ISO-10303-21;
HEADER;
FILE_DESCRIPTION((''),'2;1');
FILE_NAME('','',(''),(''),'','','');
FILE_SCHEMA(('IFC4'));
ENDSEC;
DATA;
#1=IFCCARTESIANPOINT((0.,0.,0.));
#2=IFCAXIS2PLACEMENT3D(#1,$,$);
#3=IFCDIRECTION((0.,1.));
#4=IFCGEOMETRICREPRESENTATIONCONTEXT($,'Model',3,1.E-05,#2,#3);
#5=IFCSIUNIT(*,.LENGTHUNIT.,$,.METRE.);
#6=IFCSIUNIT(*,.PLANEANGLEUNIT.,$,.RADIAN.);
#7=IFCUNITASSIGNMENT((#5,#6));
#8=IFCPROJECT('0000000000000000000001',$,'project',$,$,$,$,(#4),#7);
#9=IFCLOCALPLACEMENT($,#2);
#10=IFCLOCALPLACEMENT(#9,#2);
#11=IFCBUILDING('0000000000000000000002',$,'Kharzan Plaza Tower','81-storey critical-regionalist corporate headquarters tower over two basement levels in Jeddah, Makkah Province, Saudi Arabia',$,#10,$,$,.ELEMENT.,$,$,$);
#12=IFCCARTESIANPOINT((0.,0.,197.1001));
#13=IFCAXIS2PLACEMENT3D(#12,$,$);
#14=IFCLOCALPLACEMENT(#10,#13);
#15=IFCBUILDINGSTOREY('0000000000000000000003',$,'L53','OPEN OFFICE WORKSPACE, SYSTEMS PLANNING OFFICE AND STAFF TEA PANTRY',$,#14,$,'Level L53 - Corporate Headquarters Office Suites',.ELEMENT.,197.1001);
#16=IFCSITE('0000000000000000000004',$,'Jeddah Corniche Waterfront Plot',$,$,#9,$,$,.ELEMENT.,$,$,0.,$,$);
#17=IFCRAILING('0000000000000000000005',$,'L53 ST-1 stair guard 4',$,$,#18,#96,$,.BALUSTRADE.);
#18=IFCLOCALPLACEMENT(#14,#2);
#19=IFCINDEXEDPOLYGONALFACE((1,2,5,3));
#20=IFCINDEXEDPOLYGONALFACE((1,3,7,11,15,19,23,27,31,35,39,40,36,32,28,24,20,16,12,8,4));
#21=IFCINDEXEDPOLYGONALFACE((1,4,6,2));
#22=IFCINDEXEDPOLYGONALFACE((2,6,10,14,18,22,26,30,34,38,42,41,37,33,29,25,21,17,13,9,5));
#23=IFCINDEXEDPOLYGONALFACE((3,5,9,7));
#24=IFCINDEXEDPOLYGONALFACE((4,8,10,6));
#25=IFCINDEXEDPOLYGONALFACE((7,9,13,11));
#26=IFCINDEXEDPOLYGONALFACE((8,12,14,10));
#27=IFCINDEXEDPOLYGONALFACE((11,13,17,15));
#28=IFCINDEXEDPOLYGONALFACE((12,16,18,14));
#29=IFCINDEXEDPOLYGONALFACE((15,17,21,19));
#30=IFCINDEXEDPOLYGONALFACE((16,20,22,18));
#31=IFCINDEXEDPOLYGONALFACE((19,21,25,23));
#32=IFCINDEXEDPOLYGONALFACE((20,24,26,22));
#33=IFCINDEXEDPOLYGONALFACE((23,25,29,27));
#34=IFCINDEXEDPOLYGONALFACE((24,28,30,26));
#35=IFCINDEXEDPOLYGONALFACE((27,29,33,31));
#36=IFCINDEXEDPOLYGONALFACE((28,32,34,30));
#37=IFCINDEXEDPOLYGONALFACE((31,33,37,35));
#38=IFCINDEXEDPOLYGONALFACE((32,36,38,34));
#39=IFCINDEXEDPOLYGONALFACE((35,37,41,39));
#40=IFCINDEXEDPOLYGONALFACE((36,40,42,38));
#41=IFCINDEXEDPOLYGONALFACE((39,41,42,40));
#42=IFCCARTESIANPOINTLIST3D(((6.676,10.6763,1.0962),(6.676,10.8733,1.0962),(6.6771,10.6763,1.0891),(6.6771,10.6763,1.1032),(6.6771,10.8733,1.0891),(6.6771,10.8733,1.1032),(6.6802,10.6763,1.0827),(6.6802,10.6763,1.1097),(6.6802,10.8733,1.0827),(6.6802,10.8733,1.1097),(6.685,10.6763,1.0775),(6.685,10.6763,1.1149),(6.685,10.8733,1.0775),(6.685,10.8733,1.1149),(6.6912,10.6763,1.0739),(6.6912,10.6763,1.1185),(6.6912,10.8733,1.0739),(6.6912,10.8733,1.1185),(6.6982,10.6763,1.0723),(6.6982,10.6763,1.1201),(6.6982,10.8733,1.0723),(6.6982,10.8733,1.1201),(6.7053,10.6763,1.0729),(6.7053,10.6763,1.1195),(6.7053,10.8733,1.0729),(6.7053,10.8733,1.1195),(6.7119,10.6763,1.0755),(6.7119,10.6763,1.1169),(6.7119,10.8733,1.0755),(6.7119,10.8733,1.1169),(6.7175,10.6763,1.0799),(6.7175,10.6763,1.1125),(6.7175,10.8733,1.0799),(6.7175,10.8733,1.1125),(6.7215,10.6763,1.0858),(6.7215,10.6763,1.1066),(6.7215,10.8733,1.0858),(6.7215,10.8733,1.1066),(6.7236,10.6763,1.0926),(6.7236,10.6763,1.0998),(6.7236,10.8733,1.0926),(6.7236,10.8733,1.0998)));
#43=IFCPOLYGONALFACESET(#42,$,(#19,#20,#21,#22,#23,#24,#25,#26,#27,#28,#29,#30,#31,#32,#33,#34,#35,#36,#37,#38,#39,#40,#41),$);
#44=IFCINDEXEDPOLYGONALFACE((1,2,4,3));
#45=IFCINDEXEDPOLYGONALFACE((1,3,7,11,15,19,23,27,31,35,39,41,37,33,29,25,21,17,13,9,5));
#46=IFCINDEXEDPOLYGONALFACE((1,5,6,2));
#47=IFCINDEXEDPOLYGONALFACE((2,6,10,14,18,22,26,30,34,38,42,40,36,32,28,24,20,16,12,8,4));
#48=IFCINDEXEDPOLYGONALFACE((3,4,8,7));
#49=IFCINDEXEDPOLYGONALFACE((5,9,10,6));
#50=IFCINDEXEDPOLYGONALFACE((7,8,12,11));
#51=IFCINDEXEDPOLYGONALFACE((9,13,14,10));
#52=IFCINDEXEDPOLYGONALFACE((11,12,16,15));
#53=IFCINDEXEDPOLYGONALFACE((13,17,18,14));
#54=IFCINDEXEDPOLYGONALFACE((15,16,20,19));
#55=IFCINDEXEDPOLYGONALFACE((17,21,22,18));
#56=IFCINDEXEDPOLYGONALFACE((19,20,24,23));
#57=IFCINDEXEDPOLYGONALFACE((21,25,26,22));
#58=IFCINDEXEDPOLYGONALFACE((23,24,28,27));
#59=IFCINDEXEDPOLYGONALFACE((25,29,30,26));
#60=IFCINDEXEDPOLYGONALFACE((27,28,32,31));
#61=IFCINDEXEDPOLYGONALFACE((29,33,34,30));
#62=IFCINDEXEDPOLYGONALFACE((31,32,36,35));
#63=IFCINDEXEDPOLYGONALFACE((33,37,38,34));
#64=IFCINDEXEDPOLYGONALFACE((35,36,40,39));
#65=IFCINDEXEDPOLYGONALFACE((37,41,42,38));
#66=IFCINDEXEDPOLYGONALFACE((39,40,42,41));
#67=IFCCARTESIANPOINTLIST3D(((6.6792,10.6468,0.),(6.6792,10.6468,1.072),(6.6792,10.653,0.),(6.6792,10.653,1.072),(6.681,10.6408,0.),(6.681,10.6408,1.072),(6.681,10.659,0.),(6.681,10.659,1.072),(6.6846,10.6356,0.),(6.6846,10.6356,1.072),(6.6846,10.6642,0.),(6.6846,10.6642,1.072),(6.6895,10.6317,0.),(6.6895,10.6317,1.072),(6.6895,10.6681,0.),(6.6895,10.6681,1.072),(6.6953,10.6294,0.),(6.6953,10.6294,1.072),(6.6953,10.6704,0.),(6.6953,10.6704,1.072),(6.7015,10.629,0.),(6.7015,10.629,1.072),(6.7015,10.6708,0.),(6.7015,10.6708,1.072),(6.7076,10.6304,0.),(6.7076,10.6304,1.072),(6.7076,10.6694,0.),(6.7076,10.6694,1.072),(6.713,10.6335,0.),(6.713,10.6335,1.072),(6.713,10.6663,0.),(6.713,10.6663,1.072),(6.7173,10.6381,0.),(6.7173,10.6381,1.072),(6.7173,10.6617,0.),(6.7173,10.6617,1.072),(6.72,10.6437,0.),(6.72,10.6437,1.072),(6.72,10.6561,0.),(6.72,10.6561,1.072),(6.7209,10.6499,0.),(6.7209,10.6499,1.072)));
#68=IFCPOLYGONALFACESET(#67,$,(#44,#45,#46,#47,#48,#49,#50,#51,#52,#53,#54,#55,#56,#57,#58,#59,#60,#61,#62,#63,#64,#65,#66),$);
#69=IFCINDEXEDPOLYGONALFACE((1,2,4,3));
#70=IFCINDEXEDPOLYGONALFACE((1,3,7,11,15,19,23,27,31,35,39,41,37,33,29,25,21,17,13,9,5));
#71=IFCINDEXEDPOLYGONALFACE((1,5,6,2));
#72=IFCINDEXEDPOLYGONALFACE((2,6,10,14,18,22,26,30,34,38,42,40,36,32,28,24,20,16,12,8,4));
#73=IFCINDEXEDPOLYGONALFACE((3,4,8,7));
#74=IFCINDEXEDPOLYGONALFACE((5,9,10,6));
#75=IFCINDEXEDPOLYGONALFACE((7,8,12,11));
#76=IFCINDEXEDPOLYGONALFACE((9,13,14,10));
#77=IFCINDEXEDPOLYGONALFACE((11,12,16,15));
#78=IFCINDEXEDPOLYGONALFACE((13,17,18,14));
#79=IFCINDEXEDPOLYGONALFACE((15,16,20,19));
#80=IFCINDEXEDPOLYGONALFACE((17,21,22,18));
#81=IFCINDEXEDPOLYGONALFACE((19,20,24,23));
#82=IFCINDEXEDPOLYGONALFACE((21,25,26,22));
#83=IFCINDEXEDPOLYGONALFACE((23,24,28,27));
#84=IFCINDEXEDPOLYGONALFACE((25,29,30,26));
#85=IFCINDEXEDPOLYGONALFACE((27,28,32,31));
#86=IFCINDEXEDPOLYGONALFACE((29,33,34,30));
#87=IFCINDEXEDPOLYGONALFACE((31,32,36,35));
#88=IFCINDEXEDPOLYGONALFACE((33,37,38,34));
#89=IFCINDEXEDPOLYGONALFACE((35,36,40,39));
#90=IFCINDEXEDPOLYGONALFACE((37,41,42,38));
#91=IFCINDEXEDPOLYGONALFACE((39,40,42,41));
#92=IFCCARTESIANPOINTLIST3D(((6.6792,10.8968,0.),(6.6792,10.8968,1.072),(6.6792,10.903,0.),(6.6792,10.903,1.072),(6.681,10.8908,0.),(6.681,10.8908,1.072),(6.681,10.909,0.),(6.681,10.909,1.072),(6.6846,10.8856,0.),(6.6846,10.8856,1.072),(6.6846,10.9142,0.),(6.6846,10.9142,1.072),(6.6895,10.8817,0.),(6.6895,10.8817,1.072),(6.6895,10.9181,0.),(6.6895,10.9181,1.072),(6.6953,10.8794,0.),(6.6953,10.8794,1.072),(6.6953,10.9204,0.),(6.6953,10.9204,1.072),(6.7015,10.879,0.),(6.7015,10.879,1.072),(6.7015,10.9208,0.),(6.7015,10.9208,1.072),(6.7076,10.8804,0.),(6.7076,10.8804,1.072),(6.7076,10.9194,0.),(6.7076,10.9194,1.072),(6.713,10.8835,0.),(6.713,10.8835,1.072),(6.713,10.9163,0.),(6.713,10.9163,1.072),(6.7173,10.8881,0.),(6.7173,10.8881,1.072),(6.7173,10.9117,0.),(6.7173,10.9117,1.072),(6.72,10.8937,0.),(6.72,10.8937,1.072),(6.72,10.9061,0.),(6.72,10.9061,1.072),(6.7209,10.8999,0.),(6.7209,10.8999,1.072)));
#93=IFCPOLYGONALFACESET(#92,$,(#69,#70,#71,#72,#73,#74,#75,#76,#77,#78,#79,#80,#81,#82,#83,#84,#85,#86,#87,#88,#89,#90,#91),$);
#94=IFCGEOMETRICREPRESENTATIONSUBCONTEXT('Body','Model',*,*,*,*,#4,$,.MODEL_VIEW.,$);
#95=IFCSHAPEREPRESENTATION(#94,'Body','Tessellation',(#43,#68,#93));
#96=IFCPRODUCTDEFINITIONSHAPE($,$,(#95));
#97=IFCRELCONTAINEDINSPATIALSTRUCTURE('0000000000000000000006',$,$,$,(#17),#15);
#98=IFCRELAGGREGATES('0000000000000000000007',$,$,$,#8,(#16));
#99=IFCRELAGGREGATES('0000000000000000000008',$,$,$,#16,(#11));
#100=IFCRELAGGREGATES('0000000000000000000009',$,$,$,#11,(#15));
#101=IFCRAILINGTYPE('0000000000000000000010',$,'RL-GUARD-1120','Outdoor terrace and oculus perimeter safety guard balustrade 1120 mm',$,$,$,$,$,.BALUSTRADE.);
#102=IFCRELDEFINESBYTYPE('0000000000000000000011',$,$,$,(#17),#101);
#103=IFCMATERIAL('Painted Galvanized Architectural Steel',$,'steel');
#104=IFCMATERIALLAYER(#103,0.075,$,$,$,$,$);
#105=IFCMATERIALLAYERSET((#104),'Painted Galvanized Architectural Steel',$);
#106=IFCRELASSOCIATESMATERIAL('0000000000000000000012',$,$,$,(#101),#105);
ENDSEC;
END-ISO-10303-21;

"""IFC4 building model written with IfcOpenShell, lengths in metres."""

from ifc_helpers import new_model, si_unit, direction, frame, origin, origin_2d, place, context, subcontext, project, spatial, circle, extrude, source, transform, mapped, material, layer, layer_set, type_object, element, save


model = new_model("IFC4")

# Units and contexts
model_context = context("Model", 3, precision=1e-05, world=origin(), true_north=direction((0.0, 1.0)))
body_context = subcontext(model_context, "Body", "Model", "MODEL_VIEW")
ifc_project = project(units=[si_unit("LENGTHUNIT", "METRE"), si_unit("PLANEANGLEUNIT", "RADIAN")], contexts=[model_context])

# Site, building, storey
site_placement = place(None, origin())
site = spatial("IfcSite", under=ifc_project, at=site_placement, Name="Jeddah Corniche Waterfront Plot", CompositionType="ELEMENT", RefElevation=0.0)
building_placement = place(site_placement, origin())
building = spatial("IfcBuilding", under=site, at=building_placement, Name="Kharzan Plaza Tower", Description="81-storey critical-regionalist corporate headquarters tower over two basement levels in Jeddah, Makkah Province, Saudi Arabia", CompositionType="ELEMENT")
storey_placement = place(building_placement, frame((0.0, 0.0, 197.1001)))
storey = spatial("IfcBuildingStorey", under=building, at=storey_placement, Name="L53", Description="OPEN OFFICE WORKSPACE, SYSTEMS PLANNING OFFICE AND STAFF TEA PANTRY", LongName="Level L53 - Corporate Headquarters Office Suites", CompositionType="ELEMENT", Elevation=197.1001)

# Railing
ifc_material_1 = material(Name="Painted Galvanized Architectural Steel", Category="steel")
ifc_layer_1 = layer(ifc_material_1, 0.075)
ifc_layer_set_1 = layer_set([ifc_layer_1], Name="Painted Galvanized Architectural Steel")
railing_type_1 = type_object("IfcRailingType", Name="RL-GUARD-1120", Description="Outdoor terrace and oculus perimeter safety guard balustrade 1120 mm", PredefinedType="BALUSTRADE", material=ifc_layer_set_1)
shared_shape_1 = source(origin(), body_context, "Body", "SweptSolid", [
    extrude(circle(Radius=0.0239, at=origin_2d()), frame((0.0, 0.0264, 1.0962), z_axis=(0.0, 1.0, 0.0), x_axis=(-1.0, 0.0, 0.0)), (0.0, 0.0, 1.0), 0.197),
    extrude(circle(Radius=0.021, at=origin_2d()), origin(), (0.0, 0.0, 1.0), 1.072),
    extrude(circle(Radius=0.021, at=origin_2d()), frame((0.0, 0.25, 0.0)), (0.0, 0.0, 1.0), 1.072),
])
for number, where, name in (
    (1, (6.7, 10.6499, 0.0), "L53 ST-1 stair guard 4"),
):
    element("IfcRailing", number, at=place(storey_placement, frame(where)), inside=storey, type_object=railing_type_1, Name=name, PredefinedType="BALUSTRADE", context=body_context, shape_type="MappedRepresentation", body=[
        mapped(shared_shape_1, transform((0.0, 0.0, 0.0), x_axis=(1.0, 0.0, 0.0), y_axis=(0.0, 1.0, 0.0), z_axis=(0.0, 0.0, 1.0))),
    ])

save(model, "model.ifc")
